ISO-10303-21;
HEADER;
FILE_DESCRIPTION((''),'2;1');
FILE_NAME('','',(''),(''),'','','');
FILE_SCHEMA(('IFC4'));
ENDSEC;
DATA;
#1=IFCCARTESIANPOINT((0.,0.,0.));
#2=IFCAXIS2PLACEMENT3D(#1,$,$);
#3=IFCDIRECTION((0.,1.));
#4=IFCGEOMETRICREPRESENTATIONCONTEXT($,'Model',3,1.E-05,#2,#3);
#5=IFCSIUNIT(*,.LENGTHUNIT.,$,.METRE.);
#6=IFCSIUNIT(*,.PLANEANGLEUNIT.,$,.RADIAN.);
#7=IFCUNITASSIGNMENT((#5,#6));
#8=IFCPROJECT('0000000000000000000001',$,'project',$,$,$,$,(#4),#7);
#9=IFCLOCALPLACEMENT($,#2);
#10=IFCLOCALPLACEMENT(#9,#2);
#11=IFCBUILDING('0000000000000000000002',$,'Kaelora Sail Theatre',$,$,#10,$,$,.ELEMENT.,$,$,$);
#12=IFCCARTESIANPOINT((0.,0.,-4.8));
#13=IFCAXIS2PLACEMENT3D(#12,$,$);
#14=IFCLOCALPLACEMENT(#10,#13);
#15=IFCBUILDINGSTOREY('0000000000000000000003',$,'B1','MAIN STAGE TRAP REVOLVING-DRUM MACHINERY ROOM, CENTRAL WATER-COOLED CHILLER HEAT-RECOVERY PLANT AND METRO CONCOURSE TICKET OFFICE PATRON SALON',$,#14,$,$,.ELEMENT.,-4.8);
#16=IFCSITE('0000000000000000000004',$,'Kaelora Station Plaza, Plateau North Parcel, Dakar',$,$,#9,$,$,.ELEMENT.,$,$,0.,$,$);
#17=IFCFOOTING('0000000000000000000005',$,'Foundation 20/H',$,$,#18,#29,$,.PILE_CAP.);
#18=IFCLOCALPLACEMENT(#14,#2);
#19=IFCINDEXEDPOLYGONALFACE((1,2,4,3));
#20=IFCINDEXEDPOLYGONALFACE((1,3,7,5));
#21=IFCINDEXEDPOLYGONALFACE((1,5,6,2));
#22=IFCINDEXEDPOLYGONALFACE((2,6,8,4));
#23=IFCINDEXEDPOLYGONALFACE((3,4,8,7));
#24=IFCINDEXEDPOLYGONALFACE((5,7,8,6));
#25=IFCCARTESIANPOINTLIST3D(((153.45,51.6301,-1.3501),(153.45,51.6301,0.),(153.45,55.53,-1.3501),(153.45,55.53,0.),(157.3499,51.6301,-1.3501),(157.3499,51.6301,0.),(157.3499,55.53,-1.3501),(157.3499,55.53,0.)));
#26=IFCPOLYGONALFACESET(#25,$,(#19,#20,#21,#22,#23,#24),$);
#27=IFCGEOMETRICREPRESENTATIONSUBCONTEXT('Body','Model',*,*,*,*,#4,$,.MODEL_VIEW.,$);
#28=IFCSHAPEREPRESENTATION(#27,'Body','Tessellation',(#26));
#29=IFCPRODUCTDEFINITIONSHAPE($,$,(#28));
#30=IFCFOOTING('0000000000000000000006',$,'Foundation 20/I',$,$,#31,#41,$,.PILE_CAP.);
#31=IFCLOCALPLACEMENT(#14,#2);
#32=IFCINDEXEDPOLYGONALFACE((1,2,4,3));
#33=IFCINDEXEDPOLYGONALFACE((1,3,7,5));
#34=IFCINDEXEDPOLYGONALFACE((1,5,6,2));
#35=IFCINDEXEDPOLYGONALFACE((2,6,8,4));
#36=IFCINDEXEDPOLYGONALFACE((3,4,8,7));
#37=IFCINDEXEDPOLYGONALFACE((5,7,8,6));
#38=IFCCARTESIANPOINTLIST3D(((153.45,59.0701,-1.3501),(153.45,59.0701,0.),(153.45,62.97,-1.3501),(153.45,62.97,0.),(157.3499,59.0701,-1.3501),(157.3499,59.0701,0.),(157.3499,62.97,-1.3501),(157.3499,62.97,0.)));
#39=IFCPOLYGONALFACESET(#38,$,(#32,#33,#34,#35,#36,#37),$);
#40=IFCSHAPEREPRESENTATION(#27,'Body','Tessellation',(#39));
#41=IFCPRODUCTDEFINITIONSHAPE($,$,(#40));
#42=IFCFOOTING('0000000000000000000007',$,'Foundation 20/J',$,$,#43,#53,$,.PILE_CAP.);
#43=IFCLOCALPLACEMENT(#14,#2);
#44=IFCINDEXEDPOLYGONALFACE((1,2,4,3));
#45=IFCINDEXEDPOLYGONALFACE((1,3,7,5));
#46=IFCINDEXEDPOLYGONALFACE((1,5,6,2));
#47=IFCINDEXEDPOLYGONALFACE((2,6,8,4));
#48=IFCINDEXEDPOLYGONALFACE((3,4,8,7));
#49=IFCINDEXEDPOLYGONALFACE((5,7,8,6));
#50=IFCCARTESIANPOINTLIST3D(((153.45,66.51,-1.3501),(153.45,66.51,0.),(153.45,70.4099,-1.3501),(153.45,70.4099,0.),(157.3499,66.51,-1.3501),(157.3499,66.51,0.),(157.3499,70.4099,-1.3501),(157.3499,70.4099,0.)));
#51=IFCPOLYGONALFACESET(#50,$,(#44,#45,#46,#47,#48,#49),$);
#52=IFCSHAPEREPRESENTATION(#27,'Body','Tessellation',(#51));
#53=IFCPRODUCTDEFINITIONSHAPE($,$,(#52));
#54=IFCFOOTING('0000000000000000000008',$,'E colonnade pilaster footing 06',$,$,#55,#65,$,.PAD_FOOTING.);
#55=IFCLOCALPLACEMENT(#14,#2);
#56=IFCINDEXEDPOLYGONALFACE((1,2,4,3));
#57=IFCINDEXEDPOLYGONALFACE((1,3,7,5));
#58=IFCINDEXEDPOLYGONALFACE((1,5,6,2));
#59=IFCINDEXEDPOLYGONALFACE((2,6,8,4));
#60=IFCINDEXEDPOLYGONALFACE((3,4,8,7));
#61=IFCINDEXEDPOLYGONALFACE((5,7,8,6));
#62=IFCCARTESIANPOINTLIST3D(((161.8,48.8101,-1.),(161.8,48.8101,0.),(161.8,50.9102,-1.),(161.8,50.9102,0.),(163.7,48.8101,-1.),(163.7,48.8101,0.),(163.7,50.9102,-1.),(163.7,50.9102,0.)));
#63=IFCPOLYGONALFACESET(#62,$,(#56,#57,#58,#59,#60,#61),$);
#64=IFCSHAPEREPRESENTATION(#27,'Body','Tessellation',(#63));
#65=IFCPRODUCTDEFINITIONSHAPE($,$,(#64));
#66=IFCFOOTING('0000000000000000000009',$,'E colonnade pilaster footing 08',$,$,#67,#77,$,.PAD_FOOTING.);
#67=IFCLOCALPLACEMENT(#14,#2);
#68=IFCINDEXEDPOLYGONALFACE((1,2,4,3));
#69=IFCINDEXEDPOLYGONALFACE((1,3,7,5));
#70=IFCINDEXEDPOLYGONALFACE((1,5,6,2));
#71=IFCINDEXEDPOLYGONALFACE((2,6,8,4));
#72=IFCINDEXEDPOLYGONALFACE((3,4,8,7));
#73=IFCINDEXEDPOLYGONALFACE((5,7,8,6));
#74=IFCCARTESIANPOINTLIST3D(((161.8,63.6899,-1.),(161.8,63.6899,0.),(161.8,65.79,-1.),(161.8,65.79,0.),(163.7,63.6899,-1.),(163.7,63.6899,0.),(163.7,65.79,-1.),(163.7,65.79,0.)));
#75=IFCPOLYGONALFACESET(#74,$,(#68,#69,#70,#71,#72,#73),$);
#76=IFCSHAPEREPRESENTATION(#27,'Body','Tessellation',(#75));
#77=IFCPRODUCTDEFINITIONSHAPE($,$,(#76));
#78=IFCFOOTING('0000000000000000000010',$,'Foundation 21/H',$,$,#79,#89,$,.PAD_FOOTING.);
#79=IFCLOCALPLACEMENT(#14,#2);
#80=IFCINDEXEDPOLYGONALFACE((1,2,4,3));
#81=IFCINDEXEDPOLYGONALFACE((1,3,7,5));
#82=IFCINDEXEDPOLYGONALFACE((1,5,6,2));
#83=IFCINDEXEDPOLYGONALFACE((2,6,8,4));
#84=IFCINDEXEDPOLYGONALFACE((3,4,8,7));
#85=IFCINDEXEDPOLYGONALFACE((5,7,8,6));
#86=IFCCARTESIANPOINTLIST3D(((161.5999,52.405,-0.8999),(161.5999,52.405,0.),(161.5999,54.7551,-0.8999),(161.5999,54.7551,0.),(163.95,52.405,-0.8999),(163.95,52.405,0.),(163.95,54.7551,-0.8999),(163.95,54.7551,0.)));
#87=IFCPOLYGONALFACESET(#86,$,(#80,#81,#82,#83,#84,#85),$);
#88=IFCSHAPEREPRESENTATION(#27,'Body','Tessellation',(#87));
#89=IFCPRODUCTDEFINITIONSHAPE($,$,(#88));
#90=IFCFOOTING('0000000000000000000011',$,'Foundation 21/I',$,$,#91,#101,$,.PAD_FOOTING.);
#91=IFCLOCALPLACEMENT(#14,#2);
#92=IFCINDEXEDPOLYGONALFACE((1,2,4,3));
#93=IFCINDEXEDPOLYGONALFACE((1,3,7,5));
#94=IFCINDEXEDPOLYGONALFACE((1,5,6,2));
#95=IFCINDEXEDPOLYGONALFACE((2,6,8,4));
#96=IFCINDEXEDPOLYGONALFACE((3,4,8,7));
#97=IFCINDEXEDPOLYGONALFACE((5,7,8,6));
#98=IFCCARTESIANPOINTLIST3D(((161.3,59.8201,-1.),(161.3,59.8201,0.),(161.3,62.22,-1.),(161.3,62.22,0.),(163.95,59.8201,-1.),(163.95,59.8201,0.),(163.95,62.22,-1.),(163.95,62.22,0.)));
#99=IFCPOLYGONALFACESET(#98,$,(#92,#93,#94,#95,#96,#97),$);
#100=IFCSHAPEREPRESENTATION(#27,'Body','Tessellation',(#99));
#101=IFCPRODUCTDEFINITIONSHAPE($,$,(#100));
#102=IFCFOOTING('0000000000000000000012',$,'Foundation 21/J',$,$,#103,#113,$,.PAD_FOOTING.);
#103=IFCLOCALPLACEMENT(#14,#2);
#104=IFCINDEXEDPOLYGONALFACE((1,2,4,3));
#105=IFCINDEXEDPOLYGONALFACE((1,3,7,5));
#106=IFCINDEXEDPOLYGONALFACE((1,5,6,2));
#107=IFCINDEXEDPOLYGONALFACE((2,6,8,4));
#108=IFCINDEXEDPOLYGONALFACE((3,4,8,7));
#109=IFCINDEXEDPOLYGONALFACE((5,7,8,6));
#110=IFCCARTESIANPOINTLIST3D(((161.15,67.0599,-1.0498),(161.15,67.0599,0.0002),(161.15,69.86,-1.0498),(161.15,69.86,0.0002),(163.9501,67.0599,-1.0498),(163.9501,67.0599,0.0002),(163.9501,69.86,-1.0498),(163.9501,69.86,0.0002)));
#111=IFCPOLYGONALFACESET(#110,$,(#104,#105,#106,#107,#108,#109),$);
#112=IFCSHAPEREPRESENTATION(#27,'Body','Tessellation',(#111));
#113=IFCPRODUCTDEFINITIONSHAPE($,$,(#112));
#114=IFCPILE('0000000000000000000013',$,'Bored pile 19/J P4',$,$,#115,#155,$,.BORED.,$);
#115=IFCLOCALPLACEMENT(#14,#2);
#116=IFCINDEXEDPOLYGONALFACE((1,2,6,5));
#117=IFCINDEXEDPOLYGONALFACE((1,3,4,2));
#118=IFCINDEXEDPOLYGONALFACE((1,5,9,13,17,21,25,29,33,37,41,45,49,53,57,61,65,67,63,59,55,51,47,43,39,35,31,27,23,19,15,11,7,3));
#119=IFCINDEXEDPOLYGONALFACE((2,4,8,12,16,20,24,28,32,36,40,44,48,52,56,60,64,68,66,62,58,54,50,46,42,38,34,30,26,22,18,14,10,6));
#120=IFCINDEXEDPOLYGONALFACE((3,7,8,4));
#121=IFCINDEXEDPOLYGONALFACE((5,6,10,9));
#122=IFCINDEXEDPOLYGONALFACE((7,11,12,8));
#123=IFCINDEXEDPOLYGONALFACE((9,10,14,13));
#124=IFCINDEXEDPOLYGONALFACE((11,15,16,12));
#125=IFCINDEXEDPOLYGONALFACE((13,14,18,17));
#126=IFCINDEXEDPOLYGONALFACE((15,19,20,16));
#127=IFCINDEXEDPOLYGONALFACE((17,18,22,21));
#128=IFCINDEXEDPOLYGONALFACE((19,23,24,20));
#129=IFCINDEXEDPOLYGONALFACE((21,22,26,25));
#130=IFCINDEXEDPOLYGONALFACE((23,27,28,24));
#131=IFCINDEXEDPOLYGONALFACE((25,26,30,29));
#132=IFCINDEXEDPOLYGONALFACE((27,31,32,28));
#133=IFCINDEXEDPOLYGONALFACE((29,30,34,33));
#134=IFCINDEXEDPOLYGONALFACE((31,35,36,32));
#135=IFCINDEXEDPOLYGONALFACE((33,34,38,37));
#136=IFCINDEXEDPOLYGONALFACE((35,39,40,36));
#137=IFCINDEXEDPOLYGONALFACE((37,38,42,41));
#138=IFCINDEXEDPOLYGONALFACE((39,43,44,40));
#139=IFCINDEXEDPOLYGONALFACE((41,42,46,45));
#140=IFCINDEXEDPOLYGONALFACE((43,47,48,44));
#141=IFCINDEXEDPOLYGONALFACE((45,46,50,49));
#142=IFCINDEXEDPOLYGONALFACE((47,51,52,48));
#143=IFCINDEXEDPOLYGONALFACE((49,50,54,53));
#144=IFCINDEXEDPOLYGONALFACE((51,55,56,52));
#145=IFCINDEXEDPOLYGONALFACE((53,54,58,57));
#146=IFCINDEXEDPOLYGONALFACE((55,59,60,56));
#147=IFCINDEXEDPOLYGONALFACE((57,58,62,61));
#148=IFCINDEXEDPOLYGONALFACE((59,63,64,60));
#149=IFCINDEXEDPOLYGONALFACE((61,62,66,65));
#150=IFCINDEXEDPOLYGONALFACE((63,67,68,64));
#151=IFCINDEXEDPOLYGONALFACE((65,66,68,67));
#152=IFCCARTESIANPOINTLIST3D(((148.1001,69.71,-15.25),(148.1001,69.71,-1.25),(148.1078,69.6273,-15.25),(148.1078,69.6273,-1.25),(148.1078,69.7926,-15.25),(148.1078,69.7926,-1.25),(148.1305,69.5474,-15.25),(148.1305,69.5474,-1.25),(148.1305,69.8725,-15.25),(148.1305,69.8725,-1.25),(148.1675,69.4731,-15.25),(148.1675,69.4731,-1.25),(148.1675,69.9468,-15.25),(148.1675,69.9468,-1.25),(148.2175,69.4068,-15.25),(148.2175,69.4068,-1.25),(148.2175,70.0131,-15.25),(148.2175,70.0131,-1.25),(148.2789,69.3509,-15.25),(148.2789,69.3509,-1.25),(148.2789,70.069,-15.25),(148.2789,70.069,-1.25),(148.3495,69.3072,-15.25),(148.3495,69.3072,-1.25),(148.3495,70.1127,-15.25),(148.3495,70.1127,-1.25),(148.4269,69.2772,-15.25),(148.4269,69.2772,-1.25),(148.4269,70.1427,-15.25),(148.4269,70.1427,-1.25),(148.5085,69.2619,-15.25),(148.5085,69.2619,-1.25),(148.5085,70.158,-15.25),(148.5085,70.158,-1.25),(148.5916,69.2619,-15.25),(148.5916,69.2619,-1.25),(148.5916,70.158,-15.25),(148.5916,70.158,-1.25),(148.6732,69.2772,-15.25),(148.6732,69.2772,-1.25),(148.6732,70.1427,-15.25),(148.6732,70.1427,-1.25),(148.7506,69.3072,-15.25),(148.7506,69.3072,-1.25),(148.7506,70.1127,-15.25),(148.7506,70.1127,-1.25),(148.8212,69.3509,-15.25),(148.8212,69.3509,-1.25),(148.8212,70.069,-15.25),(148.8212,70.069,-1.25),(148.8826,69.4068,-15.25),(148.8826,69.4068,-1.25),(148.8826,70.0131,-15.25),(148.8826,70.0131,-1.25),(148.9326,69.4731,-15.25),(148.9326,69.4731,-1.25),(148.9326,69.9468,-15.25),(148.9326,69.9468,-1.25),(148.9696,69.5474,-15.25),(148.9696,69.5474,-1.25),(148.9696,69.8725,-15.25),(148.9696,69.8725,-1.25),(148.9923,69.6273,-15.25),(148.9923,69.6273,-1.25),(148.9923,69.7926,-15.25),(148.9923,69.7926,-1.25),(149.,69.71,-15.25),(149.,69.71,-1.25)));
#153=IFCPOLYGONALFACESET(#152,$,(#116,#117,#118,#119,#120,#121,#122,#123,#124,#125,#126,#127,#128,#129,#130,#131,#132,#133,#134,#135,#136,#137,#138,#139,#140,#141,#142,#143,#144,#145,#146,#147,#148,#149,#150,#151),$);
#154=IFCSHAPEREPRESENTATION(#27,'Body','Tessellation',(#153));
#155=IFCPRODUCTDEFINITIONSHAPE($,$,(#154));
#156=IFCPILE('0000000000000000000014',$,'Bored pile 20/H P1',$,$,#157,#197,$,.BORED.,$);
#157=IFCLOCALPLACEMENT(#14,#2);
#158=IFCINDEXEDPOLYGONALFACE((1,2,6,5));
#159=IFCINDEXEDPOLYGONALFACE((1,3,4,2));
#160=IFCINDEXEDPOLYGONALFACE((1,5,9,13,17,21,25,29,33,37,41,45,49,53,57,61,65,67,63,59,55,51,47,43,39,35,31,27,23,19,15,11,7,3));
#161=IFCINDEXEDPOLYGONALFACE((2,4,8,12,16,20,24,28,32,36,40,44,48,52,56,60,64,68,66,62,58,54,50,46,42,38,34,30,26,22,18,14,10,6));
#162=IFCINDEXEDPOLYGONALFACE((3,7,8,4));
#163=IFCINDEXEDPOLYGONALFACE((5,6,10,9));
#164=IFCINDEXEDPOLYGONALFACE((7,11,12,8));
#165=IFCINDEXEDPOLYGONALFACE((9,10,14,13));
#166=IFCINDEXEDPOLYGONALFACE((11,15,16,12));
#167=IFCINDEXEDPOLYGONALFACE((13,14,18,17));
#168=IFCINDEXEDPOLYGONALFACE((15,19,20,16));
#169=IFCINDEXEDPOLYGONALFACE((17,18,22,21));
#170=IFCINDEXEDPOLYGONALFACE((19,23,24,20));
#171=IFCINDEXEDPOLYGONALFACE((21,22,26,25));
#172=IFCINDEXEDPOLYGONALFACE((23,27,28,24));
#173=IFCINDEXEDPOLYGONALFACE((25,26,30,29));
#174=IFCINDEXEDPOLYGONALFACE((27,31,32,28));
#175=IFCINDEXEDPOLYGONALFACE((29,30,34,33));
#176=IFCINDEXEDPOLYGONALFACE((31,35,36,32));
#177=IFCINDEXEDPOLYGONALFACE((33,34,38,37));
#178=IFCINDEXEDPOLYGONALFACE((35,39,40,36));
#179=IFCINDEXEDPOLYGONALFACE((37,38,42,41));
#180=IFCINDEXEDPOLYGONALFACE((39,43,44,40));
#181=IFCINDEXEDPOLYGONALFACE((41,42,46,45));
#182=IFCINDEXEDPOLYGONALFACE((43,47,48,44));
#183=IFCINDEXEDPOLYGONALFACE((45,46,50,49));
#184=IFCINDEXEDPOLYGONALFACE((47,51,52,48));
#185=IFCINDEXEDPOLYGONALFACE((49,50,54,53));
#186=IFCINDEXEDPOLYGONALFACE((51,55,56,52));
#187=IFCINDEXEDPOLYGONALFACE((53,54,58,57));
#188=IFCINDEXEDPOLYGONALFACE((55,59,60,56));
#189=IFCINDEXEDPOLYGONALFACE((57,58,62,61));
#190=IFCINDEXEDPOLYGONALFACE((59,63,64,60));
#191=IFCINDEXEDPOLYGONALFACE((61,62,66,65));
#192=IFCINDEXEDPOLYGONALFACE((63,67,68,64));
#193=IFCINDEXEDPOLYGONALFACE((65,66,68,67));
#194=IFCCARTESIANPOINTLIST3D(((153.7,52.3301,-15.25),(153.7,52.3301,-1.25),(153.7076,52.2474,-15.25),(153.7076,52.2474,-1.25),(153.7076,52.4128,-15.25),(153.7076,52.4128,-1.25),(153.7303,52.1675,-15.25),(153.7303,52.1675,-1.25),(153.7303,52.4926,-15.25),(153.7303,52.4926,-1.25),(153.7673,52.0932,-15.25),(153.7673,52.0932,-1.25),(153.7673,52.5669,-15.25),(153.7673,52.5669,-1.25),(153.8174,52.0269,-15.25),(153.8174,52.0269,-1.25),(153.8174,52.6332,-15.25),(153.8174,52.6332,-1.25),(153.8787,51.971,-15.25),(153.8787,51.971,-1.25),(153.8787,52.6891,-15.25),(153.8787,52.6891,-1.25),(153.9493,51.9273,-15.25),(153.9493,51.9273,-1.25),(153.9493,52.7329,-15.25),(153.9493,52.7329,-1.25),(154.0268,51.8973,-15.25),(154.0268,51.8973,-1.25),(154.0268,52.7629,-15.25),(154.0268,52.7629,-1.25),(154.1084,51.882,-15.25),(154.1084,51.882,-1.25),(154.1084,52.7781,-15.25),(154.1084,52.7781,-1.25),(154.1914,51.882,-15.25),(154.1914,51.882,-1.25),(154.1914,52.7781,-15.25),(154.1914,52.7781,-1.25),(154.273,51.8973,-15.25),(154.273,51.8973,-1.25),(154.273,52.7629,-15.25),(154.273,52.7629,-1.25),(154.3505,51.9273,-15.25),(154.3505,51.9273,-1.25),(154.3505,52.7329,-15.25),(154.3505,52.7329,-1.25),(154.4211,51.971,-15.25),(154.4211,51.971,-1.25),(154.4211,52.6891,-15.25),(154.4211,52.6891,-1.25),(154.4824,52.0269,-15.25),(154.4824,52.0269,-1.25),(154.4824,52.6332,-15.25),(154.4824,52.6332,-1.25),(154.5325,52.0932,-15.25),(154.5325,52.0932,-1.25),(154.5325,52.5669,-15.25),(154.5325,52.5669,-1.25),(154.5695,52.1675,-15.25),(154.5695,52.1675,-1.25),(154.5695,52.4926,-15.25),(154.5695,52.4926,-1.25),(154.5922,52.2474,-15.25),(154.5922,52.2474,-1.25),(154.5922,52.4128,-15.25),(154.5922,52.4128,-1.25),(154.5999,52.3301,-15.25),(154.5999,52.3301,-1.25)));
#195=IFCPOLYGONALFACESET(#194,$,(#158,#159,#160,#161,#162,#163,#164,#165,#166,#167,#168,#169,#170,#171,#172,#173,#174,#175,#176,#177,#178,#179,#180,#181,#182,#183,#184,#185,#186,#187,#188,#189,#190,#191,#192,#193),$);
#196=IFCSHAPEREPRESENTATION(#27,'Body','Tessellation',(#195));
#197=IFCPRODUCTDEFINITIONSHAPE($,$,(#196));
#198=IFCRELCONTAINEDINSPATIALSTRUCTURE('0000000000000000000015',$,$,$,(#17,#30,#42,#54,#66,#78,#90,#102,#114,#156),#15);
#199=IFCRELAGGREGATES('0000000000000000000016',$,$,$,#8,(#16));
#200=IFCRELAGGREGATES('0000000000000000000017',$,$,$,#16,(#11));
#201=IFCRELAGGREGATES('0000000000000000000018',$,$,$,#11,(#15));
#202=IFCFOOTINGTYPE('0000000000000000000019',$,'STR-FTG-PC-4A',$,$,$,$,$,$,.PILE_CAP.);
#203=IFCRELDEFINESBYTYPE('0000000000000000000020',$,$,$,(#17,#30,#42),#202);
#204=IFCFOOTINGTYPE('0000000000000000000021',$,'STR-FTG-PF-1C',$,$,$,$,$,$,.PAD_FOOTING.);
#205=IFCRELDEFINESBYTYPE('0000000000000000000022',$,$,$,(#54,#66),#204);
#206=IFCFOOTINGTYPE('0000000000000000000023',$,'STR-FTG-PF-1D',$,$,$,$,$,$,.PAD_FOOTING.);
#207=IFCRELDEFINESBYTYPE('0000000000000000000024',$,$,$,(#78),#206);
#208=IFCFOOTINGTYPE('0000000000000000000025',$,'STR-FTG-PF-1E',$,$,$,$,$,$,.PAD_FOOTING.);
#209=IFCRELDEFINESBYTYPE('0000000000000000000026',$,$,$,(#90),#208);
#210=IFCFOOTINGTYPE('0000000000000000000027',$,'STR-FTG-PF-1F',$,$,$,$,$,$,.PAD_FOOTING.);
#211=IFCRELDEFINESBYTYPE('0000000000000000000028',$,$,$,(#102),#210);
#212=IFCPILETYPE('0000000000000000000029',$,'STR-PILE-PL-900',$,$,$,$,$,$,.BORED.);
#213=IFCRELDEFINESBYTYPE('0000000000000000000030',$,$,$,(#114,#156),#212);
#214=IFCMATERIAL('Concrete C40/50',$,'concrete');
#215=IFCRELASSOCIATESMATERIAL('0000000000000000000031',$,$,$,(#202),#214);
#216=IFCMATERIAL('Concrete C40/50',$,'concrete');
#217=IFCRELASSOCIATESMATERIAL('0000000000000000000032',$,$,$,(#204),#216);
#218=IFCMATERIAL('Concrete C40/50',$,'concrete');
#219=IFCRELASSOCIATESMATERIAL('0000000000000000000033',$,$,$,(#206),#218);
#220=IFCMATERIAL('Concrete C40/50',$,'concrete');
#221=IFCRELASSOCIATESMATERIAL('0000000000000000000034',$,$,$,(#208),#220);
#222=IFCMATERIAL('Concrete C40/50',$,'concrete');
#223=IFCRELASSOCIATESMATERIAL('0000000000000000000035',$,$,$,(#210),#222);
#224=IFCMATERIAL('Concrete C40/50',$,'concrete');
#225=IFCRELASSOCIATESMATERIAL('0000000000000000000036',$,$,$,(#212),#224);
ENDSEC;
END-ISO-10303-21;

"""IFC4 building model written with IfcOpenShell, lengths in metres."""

from ifc_helpers import new_model, si_unit, direction, frame, origin, origin_2d, place, context, subcontext, project, spatial, rectangle, circle, extrude, material, material_profile, profile_set, type_object, element, save


model = new_model("IFC4")

# Units and contexts
model_context = context("Model", 3, precision=1e-05, world=origin(), true_north=direction((0.0, 1.0)))
body_context = subcontext(model_context, "Body", "Model", "MODEL_VIEW")
ifc_project = project(units=[si_unit("LENGTHUNIT", "METRE"), si_unit("PLANEANGLEUNIT", "RADIAN")], contexts=[model_context])

# Site, building, storey
site_placement = place(None, origin())
site = spatial("IfcSite", under=ifc_project, at=site_placement, Name="Kaelora Station Plaza, Plateau North Parcel, Dakar", CompositionType="ELEMENT", RefElevation=0.0)
building_placement = place(site_placement, origin())
building = spatial("IfcBuilding", under=site, at=building_placement, Name="Kaelora Sail Theatre", CompositionType="ELEMENT")
storey_placement = place(building_placement, frame((0.0, 0.0, -4.8)))
storey = spatial("IfcBuildingStorey", under=building, at=storey_placement, Name="B1", Description="MAIN STAGE TRAP REVOLVING-DRUM MACHINERY ROOM, CENTRAL WATER-COOLED CHILLER HEAT-RECOVERY PLANT AND METRO CONCOURSE TICKET OFFICE PATRON SALON", CompositionType="ELEMENT", Elevation=-4.8)

# Footings
ifc_material_1 = material(Name="Concrete C40/50", Category="concrete")
footing_type_1 = type_object("IfcFootingType", Name="STR-FTG-PC-4A", PredefinedType="PILE_CAP", material=ifc_material_1)
for number, where, z_axis, x_axis, name in (
    (1, (155.3999, 53.5801, -1.3501), (0.0, 0.0, 1.0), (1.0, 0.0, 0.0), "Foundation 20/H"),
    (2, (155.3999, 61.02, -1.3501), (0.0, 0.0, 1.0), (1.0, 0.0, 0.0), "Foundation 20/I"),
    (3, (155.3999, 68.46, -1.3501), (0.0, 0.0, 1.0), (1.0, 0.0, 0.0), "Foundation 20/J"),
):
    element("IfcFooting", number, at=place(storey_placement, frame(where, z_axis=z_axis, x_axis=x_axis)), inside=storey, type_object=footing_type_1, Name=name, PredefinedType="PILE_CAP", context=body_context, shape_type="SweptSolid", body=[
        extrude(rectangle(XDim=3.8999, YDim=3.8999, at=origin_2d()), origin(), (0.0, 0.0, 1.0), 1.3501),
    ])
ifc_material_2 = material(Name="Concrete C40/50", Category="concrete")
footing_type_2 = type_object("IfcFootingType", Name="STR-FTG-PF-1C", PredefinedType="PAD_FOOTING", material=ifc_material_2)
for number, where, z_axis, x_axis, name in (
    (4, (162.75, 49.8601, -1.0), (0.0, 0.0, 1.0), (1.0, 0.0, 0.0), "E colonnade pilaster footing 06"),
    (5, (162.75, 64.74, -1.0), (0.0, 0.0, 1.0), (1.0, 0.0, 0.0), "E colonnade pilaster footing 08"),
):
    element("IfcFooting", number, at=place(storey_placement, frame(where, z_axis=z_axis, x_axis=x_axis)), inside=storey, type_object=footing_type_2, Name=name, PredefinedType="PAD_FOOTING", context=body_context, shape_type="SweptSolid", body=[
        extrude(rectangle(XDim=1.8999, YDim=2.1001, at=origin_2d()), origin(), (0.0, 0.0, 1.0), 1.0),
    ])
ifc_material_3 = material(Name="Concrete C40/50", Category="concrete")
footing_type_3 = type_object("IfcFootingType", Name="STR-FTG-PF-1D", PredefinedType="PAD_FOOTING", material=ifc_material_3)
footing_1_placement = place(storey_placement, frame((162.7749, 53.5801, -0.8999), z_axis=(0.0, 0.0, 1.0), x_axis=(1.0, 0.0, 0.0)))
element("IfcFooting", 6, at=footing_1_placement, inside=storey, type_object=footing_type_3, Name="Foundation 21/H", PredefinedType="PAD_FOOTING", context=body_context, shape_type="SweptSolid", body=[
    extrude(rectangle(XDim=2.3501, YDim=2.3501, at=origin_2d()), origin(), (0.0, 0.0, 1.0), 0.8999),
])
ifc_material_4 = material(Name="Concrete C40/50", Category="concrete")
footing_type_4 = type_object("IfcFootingType", Name="STR-FTG-PF-1E", PredefinedType="PAD_FOOTING", material=ifc_material_4)
footing_2_placement = place(storey_placement, frame((162.625, 61.02, -1.0), z_axis=(0.0, 0.0, 1.0), x_axis=(1.0, 0.0, 0.0)))
element("IfcFooting", 7, at=footing_2_placement, inside=storey, type_object=footing_type_4, Name="Foundation 21/I", PredefinedType="PAD_FOOTING", context=body_context, shape_type="SweptSolid", body=[
    extrude(rectangle(XDim=2.6499, YDim=2.3999, at=origin_2d()), origin(), (0.0, 0.0, 1.0), 1.0),
])
ifc_material_5 = material(Name="Concrete C40/50", Category="concrete")
footing_type_5 = type_object("IfcFootingType", Name="STR-FTG-PF-1F", PredefinedType="PAD_FOOTING", material=ifc_material_5)
footing_3_placement = place(storey_placement, frame((162.55, 68.46, -1.0498), z_axis=(0.0, 0.0, 1.0), x_axis=(1.0, 0.0, 0.0)))
element("IfcFooting", 8, at=footing_3_placement, inside=storey, type_object=footing_type_5, Name="Foundation 21/J", PredefinedType="PAD_FOOTING", context=body_context, shape_type="SweptSolid", body=[
    extrude(rectangle(XDim=2.8, YDim=2.8, at=origin_2d()), origin(), (0.0, 0.0, 1.0), 1.05),
])

# Piles
ifc_material_6 = material(Name="Concrete C40/50", Category="concrete")
ifc_material_profile_1 = material_profile(ifc_material_6, circle(Radius=0.45, at=origin_2d()), Name="PILE D900")
ifc_profile_set_1 = profile_set([ifc_material_profile_1], Name="Concrete C40/50")
pile_type = type_object("IfcPileType", Name="STR-PILE-PL-900", PredefinedType="BORED", material=ifc_profile_set_1)
for number, where, z_axis, x_axis, name in (
    (9, (148.55, 69.71, -1.25), (0.0, 0.0, -1.0), (1.0, 0.0, 0.0), "Bored pile 19/J P4"),
    (10, (154.1499, 52.3301, -1.25), (0.0, 0.0, -1.0), (1.0, 0.0, 0.0), "Bored pile 20/H P1"),
):
    element("IfcPile", number, at=place(storey_placement, frame(where, z_axis=z_axis, x_axis=x_axis)), inside=storey, type_object=pile_type, Name=name, PredefinedType="BORED", context=body_context, shape_type="SweptSolid", body=[
        extrude(circle(Radius=0.45, at=origin_2d()), origin(), (0.0, 0.0, 1.0), 14.0),
    ])

save(model, "model.ifc")
